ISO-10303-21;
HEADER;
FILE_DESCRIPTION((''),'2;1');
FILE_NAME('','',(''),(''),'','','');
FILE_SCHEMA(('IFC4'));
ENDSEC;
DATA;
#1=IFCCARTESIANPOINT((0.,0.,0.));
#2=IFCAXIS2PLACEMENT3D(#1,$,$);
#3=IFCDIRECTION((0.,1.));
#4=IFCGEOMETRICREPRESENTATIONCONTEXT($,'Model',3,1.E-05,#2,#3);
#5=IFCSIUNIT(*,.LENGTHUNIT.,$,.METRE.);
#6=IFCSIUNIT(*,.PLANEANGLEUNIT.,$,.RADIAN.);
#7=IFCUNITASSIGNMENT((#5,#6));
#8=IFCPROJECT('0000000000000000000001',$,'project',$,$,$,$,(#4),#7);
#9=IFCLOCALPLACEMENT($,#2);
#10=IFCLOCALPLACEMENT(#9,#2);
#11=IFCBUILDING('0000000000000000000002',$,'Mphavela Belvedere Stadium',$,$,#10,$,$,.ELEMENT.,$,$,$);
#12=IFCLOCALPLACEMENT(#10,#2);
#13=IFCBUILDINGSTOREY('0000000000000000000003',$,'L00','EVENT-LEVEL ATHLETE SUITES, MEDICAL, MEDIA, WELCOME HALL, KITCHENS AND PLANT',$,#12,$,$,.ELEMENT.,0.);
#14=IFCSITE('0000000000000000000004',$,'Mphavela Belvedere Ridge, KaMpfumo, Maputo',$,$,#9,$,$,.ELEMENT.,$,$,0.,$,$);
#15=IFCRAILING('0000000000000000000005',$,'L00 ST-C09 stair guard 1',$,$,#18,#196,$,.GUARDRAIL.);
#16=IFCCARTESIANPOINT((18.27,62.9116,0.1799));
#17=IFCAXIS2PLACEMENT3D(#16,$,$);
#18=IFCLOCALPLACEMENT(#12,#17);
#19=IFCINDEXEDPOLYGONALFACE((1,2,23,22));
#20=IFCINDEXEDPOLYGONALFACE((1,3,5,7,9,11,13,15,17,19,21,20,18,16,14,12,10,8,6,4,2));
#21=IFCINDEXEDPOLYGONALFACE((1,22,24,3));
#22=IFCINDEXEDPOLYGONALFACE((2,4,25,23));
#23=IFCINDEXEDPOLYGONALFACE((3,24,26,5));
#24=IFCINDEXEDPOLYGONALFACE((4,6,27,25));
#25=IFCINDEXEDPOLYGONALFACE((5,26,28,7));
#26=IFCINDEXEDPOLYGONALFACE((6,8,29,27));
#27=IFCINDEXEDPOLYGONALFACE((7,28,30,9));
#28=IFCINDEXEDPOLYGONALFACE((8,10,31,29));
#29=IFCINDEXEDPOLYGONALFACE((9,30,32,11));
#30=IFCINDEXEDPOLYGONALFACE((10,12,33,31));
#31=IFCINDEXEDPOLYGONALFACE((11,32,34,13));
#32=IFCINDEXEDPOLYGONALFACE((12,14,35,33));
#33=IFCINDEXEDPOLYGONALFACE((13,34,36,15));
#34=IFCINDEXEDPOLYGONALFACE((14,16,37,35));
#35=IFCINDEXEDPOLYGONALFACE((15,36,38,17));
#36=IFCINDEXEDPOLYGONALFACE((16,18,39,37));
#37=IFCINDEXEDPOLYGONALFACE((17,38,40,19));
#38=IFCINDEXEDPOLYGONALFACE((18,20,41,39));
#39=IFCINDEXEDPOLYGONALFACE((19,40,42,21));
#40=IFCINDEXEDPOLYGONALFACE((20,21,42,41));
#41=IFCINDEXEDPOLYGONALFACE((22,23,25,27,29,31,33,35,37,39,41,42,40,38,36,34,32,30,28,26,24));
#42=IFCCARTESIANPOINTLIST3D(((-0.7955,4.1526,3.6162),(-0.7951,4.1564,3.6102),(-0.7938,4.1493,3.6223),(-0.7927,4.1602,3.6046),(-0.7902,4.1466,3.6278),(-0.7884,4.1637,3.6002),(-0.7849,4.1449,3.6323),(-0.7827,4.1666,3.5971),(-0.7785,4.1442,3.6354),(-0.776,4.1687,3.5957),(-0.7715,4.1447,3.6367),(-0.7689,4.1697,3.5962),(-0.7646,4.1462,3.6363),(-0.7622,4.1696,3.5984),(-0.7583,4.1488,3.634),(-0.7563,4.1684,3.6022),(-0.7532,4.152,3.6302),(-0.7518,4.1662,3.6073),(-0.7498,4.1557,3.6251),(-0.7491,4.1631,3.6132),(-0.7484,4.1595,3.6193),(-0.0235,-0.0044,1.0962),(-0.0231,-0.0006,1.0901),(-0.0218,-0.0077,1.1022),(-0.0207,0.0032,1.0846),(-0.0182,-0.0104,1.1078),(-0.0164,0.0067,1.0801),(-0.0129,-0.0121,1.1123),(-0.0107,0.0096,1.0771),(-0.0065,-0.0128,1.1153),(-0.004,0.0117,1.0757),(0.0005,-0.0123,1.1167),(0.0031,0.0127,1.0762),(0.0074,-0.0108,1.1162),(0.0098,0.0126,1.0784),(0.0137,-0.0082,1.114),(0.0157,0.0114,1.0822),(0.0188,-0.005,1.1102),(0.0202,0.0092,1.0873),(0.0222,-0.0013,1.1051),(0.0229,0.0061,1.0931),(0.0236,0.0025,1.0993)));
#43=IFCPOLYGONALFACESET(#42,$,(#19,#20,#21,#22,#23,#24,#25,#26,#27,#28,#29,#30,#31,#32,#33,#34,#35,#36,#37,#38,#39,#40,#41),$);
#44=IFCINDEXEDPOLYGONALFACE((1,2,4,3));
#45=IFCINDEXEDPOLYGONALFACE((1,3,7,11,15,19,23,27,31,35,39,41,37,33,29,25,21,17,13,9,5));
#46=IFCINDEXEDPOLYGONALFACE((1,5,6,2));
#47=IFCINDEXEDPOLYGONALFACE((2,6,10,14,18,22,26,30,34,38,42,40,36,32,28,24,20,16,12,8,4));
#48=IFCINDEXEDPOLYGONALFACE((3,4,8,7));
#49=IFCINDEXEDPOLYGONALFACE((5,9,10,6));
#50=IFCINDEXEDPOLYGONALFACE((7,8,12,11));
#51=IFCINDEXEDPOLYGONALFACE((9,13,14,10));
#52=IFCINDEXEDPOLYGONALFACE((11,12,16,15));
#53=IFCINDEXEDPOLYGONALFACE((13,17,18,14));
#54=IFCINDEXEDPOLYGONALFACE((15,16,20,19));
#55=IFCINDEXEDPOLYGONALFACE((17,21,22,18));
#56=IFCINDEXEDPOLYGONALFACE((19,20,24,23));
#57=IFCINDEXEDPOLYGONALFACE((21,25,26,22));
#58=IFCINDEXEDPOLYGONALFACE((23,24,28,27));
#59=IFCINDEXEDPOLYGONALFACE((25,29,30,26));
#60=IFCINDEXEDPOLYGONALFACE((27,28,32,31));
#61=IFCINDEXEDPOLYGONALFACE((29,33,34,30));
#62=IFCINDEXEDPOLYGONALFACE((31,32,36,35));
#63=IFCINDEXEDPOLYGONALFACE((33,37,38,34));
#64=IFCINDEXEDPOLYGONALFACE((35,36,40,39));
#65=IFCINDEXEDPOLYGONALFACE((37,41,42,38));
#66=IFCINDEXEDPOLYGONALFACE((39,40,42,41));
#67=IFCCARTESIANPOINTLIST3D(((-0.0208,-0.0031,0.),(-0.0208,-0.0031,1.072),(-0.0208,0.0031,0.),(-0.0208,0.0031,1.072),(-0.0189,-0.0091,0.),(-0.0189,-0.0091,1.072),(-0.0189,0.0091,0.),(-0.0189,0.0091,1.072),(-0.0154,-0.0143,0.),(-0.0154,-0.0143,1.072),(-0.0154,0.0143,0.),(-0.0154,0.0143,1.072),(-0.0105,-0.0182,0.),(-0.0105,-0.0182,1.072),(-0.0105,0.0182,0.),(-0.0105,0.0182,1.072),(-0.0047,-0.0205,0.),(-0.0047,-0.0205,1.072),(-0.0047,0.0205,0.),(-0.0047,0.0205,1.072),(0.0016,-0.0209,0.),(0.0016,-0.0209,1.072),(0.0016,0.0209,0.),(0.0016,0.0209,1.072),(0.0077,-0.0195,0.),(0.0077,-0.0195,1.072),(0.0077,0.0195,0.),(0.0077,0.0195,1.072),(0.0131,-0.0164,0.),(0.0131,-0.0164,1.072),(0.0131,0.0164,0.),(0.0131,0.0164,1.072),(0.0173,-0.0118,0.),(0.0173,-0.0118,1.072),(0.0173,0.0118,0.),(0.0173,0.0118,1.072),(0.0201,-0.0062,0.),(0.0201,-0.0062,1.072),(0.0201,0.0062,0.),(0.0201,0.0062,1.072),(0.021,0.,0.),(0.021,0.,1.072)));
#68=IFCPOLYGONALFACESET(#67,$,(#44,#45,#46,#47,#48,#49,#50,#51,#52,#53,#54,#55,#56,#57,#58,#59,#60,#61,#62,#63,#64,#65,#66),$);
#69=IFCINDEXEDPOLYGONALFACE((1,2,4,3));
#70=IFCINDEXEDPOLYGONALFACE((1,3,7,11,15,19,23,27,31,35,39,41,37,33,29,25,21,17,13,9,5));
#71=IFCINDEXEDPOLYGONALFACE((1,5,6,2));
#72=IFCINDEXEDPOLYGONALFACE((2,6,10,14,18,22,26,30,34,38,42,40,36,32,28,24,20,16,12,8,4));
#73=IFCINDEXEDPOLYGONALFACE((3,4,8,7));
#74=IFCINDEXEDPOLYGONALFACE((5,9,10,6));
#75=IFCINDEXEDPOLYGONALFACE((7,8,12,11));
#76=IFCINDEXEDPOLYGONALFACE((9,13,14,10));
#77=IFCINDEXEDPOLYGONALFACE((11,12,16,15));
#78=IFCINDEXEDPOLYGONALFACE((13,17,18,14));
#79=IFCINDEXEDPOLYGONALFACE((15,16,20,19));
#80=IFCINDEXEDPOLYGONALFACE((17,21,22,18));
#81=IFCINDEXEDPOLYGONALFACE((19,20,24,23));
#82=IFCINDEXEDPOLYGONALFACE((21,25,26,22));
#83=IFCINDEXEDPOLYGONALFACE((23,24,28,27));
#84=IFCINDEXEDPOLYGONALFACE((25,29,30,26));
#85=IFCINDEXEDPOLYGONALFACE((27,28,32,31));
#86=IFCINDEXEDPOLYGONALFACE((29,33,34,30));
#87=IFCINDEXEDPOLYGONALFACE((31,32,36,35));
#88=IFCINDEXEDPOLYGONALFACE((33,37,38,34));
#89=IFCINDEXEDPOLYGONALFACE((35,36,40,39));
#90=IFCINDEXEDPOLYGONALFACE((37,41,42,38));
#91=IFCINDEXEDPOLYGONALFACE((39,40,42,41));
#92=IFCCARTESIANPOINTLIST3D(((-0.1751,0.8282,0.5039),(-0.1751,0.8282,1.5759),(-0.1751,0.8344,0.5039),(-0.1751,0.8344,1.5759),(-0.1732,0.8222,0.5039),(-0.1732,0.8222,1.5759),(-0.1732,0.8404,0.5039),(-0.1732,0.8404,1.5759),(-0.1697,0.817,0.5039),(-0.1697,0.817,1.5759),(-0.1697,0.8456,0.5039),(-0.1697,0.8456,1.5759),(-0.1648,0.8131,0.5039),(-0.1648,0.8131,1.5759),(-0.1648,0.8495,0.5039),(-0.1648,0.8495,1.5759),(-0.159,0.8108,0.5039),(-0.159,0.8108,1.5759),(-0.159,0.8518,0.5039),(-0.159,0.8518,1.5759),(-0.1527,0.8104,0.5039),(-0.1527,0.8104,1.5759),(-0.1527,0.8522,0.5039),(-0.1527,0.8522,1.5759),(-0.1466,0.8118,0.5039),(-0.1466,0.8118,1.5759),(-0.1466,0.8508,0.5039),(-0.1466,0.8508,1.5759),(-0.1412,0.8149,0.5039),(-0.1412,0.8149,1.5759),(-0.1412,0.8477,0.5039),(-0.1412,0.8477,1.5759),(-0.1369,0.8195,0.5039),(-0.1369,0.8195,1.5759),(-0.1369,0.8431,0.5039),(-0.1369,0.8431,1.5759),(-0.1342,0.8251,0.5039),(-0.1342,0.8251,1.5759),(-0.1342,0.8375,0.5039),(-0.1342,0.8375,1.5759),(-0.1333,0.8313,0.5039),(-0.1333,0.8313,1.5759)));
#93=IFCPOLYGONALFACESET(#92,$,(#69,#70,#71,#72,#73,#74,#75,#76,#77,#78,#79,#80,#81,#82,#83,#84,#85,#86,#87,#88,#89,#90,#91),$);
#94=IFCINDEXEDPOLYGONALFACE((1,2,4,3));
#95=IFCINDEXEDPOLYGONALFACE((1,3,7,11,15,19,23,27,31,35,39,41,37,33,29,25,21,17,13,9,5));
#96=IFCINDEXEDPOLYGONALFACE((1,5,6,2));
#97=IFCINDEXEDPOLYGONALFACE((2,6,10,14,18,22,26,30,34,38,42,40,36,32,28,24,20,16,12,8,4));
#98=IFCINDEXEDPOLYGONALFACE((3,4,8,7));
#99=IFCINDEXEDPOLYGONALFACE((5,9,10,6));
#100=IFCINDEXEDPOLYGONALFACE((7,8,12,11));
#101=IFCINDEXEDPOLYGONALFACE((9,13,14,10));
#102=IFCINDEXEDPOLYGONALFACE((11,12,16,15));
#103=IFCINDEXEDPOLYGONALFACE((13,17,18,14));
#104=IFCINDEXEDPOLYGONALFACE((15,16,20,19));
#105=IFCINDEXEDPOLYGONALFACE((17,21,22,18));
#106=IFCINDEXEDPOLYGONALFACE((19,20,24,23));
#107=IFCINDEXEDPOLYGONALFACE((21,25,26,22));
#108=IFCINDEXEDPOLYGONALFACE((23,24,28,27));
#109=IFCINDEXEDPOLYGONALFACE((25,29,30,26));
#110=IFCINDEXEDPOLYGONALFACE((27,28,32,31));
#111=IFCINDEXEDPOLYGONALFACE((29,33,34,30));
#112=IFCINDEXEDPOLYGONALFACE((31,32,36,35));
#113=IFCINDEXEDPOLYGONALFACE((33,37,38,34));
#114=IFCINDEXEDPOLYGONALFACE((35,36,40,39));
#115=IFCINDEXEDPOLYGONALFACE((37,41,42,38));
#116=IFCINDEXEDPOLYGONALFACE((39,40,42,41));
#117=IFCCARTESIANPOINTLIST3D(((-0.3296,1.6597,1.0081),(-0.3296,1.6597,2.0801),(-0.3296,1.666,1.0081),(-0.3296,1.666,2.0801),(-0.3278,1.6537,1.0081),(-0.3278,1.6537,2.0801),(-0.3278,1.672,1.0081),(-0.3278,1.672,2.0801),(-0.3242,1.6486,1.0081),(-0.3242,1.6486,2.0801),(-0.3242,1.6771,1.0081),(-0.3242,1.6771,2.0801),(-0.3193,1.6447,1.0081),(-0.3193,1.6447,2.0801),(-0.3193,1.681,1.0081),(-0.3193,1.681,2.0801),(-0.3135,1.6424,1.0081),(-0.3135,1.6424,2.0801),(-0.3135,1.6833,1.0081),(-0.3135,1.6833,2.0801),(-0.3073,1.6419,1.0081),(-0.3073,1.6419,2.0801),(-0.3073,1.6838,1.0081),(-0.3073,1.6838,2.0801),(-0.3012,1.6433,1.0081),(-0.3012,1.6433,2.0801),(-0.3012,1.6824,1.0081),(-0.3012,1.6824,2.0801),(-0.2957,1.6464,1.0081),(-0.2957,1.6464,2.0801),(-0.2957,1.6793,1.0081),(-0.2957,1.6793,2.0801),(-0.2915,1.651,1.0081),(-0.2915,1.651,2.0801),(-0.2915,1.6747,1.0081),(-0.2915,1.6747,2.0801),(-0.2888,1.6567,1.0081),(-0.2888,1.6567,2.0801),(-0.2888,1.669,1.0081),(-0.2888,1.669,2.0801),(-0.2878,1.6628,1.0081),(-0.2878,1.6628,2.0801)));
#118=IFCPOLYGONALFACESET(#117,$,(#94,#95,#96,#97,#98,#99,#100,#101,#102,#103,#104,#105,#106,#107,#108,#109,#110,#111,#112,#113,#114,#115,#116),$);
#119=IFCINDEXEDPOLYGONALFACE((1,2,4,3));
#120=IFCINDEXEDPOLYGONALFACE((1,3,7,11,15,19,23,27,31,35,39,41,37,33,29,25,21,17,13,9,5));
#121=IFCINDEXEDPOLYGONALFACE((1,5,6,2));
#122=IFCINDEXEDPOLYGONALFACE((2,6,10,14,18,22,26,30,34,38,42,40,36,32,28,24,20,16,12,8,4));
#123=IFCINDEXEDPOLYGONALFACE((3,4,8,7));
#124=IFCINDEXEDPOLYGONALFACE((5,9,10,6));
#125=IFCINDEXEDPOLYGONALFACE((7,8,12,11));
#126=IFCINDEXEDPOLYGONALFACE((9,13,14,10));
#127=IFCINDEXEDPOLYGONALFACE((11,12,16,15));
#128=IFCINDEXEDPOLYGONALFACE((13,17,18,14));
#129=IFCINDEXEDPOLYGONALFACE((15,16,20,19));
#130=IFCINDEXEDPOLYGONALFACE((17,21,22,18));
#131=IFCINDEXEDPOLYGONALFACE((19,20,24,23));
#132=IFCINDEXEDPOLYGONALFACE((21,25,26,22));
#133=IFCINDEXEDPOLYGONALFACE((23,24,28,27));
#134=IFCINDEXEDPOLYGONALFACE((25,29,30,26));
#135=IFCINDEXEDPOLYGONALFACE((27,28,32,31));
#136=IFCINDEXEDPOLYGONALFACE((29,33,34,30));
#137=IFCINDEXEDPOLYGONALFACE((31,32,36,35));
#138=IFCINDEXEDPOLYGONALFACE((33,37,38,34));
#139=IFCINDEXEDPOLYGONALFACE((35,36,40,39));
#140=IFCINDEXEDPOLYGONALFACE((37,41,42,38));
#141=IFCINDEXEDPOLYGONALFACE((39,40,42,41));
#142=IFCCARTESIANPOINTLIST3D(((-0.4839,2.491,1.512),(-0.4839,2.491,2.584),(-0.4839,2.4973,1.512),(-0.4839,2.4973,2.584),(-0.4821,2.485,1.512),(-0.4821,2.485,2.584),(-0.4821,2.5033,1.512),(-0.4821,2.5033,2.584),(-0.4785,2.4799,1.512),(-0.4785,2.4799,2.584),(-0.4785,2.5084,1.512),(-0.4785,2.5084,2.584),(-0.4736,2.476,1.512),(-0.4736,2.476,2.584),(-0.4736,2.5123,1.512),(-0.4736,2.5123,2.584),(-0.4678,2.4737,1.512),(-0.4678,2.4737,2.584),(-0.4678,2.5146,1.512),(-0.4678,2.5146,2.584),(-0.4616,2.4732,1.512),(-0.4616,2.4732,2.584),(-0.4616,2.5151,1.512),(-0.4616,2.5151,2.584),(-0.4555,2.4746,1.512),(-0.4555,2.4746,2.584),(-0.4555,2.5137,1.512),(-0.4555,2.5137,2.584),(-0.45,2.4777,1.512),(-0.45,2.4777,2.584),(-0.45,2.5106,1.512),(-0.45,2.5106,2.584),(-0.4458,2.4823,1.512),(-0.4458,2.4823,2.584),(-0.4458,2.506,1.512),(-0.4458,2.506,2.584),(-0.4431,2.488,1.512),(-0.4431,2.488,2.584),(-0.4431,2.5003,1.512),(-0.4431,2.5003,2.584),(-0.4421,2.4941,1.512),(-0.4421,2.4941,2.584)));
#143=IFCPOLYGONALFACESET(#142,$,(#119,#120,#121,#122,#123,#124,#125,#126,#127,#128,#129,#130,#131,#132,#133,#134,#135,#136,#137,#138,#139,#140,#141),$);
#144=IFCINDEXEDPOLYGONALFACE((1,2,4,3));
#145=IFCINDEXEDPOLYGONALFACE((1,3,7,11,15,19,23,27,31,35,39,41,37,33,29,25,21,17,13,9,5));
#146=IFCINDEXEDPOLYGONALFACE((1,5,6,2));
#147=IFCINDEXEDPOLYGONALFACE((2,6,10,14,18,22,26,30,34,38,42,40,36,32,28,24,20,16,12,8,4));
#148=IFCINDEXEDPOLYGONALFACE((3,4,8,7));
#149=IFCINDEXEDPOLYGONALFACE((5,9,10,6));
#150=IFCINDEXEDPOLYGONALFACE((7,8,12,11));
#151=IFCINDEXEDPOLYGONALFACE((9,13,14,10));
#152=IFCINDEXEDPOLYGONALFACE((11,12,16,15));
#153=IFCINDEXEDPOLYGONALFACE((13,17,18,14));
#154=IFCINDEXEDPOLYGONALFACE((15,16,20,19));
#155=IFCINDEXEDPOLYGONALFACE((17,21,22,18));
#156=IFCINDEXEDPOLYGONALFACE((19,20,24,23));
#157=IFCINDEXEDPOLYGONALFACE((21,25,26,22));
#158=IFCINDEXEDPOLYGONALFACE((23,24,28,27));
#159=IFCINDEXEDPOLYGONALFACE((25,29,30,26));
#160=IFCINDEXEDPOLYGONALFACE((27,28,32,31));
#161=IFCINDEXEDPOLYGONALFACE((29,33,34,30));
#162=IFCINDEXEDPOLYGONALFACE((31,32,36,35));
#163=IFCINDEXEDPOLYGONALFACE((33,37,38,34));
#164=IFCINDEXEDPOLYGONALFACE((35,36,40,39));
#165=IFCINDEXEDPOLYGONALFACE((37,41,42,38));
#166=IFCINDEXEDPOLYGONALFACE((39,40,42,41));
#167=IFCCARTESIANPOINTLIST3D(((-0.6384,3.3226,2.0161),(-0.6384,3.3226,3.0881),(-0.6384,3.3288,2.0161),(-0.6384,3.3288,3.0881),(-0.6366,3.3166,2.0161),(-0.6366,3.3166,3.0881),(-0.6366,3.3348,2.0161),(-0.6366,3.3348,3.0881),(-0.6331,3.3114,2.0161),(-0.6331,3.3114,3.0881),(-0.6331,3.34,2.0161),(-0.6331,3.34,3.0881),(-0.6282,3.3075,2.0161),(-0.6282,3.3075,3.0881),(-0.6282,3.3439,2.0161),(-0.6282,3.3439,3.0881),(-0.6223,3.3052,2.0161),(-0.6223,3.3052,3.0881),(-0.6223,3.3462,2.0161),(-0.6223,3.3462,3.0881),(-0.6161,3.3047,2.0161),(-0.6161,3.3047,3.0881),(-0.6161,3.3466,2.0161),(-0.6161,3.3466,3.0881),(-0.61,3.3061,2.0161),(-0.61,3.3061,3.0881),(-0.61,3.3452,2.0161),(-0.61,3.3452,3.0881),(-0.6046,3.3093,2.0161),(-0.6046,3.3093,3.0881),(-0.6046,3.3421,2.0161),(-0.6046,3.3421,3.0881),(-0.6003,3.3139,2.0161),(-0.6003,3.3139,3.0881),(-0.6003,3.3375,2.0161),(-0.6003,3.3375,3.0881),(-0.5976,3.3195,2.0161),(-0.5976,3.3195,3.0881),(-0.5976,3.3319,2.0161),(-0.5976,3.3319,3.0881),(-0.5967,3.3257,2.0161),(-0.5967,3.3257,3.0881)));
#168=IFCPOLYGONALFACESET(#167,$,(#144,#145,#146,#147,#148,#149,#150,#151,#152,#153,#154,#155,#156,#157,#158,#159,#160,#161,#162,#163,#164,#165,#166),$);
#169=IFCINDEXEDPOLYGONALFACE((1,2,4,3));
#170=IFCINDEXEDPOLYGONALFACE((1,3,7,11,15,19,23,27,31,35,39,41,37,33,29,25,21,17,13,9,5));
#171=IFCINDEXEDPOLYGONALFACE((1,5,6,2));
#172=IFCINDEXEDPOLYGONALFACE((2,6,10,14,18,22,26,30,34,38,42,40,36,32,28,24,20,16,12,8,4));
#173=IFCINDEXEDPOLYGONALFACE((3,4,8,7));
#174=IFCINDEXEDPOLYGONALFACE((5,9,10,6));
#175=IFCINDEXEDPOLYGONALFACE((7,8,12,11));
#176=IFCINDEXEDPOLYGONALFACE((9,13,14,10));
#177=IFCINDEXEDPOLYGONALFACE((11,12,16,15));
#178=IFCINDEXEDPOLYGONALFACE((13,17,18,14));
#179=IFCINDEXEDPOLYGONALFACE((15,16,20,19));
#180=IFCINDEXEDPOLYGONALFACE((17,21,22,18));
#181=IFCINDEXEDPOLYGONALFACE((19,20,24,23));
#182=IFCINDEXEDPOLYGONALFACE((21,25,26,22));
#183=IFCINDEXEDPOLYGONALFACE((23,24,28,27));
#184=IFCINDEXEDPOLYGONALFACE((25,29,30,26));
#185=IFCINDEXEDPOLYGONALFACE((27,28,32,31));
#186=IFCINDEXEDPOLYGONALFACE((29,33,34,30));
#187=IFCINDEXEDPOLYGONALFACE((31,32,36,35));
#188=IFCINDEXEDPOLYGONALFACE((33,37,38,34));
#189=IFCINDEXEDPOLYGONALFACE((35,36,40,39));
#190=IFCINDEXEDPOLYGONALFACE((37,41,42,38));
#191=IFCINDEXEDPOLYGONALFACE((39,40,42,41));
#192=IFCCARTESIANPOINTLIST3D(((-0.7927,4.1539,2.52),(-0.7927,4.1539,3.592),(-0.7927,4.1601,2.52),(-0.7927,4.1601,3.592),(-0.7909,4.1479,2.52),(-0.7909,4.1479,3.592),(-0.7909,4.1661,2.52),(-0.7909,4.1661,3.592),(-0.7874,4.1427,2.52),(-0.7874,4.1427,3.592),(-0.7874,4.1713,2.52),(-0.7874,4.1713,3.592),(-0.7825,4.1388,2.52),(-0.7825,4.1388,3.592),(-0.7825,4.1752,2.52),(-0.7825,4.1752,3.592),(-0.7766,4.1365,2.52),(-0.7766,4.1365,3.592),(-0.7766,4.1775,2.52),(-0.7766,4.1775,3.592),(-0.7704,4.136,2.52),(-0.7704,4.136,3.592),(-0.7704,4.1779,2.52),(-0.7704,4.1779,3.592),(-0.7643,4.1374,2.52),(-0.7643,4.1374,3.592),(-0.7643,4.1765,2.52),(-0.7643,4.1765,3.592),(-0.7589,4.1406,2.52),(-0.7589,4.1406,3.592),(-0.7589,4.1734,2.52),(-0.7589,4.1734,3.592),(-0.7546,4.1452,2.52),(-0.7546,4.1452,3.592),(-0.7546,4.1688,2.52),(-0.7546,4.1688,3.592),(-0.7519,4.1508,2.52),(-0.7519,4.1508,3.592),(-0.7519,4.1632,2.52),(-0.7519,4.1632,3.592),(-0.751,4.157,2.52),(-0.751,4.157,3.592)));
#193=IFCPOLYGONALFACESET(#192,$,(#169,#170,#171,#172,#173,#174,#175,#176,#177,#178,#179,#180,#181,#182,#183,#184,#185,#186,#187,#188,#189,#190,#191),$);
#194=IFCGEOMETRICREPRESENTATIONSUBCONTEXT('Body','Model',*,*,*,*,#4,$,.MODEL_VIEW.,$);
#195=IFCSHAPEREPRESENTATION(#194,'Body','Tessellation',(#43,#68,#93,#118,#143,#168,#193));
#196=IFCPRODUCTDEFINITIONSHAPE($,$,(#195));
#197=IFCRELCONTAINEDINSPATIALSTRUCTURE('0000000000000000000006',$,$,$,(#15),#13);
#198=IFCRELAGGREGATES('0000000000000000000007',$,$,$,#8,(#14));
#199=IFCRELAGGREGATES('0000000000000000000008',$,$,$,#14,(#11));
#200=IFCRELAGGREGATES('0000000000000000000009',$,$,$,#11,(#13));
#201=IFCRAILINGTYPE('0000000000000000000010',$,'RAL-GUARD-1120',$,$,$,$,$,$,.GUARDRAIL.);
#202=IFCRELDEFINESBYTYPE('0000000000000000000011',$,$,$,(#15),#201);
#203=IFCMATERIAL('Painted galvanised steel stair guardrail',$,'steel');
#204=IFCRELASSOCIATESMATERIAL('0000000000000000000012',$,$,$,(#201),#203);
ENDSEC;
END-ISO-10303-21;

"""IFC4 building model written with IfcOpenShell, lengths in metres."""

from ifc_helpers import new_model, si_unit, direction, frame, origin, origin_2d, place, context, subcontext, project, spatial, circle, extrude, material, type_object, element, save


model = new_model("IFC4")

# Units and contexts
model_context = context("Model", 3, precision=1e-05, world=origin(), true_north=direction((0.0, 1.0)))
body_context = subcontext(model_context, "Body", "Model", "MODEL_VIEW")
ifc_project = project(units=[si_unit("LENGTHUNIT", "METRE"), si_unit("PLANEANGLEUNIT", "RADIAN")], contexts=[model_context])

# Site, building, storey
site_placement = place(None, origin())
site = spatial("IfcSite", under=ifc_project, at=site_placement, Name="Mphavela Belvedere Ridge, KaMpfumo, Maputo", CompositionType="ELEMENT", RefElevation=0.0)
building_placement = place(site_placement, origin())
building = spatial("IfcBuilding", under=site, at=building_placement, Name="Mphavela Belvedere Stadium", CompositionType="ELEMENT")
storey_placement = place(building_placement, origin())
storey = spatial("IfcBuildingStorey", under=building, at=storey_placement, Name="L00", Description="EVENT-LEVEL ATHLETE SUITES, MEDICAL, MEDIA, WELCOME HALL, KITCHENS AND PLANT", CompositionType="ELEMENT", Elevation=0.0)

# Railing
ifc_material_1 = material(Name="Painted galvanised steel stair guardrail", Category="steel")
railing_type = type_object("IfcRailingType", Name="RAL-GUARD-1120", PredefinedType="GUARDRAIL", material=ifc_material_1)
railing_1_placement = place(storey_placement, frame((18.27, 62.9116, 0.1799)))
element("IfcRailing", 1, at=railing_1_placement, inside=storey, type_object=railing_type, Name="L00 ST-C09 stair guard 1", PredefinedType="GUARDRAIL", context=body_context, shape_type="SweptSolid", body=[
    extrude(circle(Radius=0.0239, at=origin_2d()), frame((0.0, 0.0, 1.0962), z_axis=(-0.156838, 0.844557, 0.511982), x_axis=(-0.98319, -0.182583, 0.0)), (0.0, 0.0, 1.0), 4.9221),
    extrude(circle(Radius=0.021, at=origin_2d()), origin(), (0.0, 0.0, 1.0), 1.072),
    extrude(circle(Radius=0.021, at=origin_2d()), frame((-0.1543, 0.8313, 0.5039)), (0.0, 0.0, 1.0), 1.072),
    extrude(circle(Radius=0.021, at=origin_2d()), frame((-0.3088, 1.6628, 1.0081)), (0.0, 0.0, 1.0), 1.072),
    extrude(circle(Radius=0.021, at=origin_2d()), frame((-0.4631, 2.4941, 1.512)), (0.0, 0.0, 1.0), 1.072),
    extrude(circle(Radius=0.021, at=origin_2d()), frame((-0.6177, 3.3257, 2.0161)), (0.0, 0.0, 1.0), 1.072),
    extrude(circle(Radius=0.021, at=origin_2d()), frame((-0.772, 4.157, 2.52)), (0.0, 0.0, 1.0), 1.072),
])

save(model, "model.ifc")
